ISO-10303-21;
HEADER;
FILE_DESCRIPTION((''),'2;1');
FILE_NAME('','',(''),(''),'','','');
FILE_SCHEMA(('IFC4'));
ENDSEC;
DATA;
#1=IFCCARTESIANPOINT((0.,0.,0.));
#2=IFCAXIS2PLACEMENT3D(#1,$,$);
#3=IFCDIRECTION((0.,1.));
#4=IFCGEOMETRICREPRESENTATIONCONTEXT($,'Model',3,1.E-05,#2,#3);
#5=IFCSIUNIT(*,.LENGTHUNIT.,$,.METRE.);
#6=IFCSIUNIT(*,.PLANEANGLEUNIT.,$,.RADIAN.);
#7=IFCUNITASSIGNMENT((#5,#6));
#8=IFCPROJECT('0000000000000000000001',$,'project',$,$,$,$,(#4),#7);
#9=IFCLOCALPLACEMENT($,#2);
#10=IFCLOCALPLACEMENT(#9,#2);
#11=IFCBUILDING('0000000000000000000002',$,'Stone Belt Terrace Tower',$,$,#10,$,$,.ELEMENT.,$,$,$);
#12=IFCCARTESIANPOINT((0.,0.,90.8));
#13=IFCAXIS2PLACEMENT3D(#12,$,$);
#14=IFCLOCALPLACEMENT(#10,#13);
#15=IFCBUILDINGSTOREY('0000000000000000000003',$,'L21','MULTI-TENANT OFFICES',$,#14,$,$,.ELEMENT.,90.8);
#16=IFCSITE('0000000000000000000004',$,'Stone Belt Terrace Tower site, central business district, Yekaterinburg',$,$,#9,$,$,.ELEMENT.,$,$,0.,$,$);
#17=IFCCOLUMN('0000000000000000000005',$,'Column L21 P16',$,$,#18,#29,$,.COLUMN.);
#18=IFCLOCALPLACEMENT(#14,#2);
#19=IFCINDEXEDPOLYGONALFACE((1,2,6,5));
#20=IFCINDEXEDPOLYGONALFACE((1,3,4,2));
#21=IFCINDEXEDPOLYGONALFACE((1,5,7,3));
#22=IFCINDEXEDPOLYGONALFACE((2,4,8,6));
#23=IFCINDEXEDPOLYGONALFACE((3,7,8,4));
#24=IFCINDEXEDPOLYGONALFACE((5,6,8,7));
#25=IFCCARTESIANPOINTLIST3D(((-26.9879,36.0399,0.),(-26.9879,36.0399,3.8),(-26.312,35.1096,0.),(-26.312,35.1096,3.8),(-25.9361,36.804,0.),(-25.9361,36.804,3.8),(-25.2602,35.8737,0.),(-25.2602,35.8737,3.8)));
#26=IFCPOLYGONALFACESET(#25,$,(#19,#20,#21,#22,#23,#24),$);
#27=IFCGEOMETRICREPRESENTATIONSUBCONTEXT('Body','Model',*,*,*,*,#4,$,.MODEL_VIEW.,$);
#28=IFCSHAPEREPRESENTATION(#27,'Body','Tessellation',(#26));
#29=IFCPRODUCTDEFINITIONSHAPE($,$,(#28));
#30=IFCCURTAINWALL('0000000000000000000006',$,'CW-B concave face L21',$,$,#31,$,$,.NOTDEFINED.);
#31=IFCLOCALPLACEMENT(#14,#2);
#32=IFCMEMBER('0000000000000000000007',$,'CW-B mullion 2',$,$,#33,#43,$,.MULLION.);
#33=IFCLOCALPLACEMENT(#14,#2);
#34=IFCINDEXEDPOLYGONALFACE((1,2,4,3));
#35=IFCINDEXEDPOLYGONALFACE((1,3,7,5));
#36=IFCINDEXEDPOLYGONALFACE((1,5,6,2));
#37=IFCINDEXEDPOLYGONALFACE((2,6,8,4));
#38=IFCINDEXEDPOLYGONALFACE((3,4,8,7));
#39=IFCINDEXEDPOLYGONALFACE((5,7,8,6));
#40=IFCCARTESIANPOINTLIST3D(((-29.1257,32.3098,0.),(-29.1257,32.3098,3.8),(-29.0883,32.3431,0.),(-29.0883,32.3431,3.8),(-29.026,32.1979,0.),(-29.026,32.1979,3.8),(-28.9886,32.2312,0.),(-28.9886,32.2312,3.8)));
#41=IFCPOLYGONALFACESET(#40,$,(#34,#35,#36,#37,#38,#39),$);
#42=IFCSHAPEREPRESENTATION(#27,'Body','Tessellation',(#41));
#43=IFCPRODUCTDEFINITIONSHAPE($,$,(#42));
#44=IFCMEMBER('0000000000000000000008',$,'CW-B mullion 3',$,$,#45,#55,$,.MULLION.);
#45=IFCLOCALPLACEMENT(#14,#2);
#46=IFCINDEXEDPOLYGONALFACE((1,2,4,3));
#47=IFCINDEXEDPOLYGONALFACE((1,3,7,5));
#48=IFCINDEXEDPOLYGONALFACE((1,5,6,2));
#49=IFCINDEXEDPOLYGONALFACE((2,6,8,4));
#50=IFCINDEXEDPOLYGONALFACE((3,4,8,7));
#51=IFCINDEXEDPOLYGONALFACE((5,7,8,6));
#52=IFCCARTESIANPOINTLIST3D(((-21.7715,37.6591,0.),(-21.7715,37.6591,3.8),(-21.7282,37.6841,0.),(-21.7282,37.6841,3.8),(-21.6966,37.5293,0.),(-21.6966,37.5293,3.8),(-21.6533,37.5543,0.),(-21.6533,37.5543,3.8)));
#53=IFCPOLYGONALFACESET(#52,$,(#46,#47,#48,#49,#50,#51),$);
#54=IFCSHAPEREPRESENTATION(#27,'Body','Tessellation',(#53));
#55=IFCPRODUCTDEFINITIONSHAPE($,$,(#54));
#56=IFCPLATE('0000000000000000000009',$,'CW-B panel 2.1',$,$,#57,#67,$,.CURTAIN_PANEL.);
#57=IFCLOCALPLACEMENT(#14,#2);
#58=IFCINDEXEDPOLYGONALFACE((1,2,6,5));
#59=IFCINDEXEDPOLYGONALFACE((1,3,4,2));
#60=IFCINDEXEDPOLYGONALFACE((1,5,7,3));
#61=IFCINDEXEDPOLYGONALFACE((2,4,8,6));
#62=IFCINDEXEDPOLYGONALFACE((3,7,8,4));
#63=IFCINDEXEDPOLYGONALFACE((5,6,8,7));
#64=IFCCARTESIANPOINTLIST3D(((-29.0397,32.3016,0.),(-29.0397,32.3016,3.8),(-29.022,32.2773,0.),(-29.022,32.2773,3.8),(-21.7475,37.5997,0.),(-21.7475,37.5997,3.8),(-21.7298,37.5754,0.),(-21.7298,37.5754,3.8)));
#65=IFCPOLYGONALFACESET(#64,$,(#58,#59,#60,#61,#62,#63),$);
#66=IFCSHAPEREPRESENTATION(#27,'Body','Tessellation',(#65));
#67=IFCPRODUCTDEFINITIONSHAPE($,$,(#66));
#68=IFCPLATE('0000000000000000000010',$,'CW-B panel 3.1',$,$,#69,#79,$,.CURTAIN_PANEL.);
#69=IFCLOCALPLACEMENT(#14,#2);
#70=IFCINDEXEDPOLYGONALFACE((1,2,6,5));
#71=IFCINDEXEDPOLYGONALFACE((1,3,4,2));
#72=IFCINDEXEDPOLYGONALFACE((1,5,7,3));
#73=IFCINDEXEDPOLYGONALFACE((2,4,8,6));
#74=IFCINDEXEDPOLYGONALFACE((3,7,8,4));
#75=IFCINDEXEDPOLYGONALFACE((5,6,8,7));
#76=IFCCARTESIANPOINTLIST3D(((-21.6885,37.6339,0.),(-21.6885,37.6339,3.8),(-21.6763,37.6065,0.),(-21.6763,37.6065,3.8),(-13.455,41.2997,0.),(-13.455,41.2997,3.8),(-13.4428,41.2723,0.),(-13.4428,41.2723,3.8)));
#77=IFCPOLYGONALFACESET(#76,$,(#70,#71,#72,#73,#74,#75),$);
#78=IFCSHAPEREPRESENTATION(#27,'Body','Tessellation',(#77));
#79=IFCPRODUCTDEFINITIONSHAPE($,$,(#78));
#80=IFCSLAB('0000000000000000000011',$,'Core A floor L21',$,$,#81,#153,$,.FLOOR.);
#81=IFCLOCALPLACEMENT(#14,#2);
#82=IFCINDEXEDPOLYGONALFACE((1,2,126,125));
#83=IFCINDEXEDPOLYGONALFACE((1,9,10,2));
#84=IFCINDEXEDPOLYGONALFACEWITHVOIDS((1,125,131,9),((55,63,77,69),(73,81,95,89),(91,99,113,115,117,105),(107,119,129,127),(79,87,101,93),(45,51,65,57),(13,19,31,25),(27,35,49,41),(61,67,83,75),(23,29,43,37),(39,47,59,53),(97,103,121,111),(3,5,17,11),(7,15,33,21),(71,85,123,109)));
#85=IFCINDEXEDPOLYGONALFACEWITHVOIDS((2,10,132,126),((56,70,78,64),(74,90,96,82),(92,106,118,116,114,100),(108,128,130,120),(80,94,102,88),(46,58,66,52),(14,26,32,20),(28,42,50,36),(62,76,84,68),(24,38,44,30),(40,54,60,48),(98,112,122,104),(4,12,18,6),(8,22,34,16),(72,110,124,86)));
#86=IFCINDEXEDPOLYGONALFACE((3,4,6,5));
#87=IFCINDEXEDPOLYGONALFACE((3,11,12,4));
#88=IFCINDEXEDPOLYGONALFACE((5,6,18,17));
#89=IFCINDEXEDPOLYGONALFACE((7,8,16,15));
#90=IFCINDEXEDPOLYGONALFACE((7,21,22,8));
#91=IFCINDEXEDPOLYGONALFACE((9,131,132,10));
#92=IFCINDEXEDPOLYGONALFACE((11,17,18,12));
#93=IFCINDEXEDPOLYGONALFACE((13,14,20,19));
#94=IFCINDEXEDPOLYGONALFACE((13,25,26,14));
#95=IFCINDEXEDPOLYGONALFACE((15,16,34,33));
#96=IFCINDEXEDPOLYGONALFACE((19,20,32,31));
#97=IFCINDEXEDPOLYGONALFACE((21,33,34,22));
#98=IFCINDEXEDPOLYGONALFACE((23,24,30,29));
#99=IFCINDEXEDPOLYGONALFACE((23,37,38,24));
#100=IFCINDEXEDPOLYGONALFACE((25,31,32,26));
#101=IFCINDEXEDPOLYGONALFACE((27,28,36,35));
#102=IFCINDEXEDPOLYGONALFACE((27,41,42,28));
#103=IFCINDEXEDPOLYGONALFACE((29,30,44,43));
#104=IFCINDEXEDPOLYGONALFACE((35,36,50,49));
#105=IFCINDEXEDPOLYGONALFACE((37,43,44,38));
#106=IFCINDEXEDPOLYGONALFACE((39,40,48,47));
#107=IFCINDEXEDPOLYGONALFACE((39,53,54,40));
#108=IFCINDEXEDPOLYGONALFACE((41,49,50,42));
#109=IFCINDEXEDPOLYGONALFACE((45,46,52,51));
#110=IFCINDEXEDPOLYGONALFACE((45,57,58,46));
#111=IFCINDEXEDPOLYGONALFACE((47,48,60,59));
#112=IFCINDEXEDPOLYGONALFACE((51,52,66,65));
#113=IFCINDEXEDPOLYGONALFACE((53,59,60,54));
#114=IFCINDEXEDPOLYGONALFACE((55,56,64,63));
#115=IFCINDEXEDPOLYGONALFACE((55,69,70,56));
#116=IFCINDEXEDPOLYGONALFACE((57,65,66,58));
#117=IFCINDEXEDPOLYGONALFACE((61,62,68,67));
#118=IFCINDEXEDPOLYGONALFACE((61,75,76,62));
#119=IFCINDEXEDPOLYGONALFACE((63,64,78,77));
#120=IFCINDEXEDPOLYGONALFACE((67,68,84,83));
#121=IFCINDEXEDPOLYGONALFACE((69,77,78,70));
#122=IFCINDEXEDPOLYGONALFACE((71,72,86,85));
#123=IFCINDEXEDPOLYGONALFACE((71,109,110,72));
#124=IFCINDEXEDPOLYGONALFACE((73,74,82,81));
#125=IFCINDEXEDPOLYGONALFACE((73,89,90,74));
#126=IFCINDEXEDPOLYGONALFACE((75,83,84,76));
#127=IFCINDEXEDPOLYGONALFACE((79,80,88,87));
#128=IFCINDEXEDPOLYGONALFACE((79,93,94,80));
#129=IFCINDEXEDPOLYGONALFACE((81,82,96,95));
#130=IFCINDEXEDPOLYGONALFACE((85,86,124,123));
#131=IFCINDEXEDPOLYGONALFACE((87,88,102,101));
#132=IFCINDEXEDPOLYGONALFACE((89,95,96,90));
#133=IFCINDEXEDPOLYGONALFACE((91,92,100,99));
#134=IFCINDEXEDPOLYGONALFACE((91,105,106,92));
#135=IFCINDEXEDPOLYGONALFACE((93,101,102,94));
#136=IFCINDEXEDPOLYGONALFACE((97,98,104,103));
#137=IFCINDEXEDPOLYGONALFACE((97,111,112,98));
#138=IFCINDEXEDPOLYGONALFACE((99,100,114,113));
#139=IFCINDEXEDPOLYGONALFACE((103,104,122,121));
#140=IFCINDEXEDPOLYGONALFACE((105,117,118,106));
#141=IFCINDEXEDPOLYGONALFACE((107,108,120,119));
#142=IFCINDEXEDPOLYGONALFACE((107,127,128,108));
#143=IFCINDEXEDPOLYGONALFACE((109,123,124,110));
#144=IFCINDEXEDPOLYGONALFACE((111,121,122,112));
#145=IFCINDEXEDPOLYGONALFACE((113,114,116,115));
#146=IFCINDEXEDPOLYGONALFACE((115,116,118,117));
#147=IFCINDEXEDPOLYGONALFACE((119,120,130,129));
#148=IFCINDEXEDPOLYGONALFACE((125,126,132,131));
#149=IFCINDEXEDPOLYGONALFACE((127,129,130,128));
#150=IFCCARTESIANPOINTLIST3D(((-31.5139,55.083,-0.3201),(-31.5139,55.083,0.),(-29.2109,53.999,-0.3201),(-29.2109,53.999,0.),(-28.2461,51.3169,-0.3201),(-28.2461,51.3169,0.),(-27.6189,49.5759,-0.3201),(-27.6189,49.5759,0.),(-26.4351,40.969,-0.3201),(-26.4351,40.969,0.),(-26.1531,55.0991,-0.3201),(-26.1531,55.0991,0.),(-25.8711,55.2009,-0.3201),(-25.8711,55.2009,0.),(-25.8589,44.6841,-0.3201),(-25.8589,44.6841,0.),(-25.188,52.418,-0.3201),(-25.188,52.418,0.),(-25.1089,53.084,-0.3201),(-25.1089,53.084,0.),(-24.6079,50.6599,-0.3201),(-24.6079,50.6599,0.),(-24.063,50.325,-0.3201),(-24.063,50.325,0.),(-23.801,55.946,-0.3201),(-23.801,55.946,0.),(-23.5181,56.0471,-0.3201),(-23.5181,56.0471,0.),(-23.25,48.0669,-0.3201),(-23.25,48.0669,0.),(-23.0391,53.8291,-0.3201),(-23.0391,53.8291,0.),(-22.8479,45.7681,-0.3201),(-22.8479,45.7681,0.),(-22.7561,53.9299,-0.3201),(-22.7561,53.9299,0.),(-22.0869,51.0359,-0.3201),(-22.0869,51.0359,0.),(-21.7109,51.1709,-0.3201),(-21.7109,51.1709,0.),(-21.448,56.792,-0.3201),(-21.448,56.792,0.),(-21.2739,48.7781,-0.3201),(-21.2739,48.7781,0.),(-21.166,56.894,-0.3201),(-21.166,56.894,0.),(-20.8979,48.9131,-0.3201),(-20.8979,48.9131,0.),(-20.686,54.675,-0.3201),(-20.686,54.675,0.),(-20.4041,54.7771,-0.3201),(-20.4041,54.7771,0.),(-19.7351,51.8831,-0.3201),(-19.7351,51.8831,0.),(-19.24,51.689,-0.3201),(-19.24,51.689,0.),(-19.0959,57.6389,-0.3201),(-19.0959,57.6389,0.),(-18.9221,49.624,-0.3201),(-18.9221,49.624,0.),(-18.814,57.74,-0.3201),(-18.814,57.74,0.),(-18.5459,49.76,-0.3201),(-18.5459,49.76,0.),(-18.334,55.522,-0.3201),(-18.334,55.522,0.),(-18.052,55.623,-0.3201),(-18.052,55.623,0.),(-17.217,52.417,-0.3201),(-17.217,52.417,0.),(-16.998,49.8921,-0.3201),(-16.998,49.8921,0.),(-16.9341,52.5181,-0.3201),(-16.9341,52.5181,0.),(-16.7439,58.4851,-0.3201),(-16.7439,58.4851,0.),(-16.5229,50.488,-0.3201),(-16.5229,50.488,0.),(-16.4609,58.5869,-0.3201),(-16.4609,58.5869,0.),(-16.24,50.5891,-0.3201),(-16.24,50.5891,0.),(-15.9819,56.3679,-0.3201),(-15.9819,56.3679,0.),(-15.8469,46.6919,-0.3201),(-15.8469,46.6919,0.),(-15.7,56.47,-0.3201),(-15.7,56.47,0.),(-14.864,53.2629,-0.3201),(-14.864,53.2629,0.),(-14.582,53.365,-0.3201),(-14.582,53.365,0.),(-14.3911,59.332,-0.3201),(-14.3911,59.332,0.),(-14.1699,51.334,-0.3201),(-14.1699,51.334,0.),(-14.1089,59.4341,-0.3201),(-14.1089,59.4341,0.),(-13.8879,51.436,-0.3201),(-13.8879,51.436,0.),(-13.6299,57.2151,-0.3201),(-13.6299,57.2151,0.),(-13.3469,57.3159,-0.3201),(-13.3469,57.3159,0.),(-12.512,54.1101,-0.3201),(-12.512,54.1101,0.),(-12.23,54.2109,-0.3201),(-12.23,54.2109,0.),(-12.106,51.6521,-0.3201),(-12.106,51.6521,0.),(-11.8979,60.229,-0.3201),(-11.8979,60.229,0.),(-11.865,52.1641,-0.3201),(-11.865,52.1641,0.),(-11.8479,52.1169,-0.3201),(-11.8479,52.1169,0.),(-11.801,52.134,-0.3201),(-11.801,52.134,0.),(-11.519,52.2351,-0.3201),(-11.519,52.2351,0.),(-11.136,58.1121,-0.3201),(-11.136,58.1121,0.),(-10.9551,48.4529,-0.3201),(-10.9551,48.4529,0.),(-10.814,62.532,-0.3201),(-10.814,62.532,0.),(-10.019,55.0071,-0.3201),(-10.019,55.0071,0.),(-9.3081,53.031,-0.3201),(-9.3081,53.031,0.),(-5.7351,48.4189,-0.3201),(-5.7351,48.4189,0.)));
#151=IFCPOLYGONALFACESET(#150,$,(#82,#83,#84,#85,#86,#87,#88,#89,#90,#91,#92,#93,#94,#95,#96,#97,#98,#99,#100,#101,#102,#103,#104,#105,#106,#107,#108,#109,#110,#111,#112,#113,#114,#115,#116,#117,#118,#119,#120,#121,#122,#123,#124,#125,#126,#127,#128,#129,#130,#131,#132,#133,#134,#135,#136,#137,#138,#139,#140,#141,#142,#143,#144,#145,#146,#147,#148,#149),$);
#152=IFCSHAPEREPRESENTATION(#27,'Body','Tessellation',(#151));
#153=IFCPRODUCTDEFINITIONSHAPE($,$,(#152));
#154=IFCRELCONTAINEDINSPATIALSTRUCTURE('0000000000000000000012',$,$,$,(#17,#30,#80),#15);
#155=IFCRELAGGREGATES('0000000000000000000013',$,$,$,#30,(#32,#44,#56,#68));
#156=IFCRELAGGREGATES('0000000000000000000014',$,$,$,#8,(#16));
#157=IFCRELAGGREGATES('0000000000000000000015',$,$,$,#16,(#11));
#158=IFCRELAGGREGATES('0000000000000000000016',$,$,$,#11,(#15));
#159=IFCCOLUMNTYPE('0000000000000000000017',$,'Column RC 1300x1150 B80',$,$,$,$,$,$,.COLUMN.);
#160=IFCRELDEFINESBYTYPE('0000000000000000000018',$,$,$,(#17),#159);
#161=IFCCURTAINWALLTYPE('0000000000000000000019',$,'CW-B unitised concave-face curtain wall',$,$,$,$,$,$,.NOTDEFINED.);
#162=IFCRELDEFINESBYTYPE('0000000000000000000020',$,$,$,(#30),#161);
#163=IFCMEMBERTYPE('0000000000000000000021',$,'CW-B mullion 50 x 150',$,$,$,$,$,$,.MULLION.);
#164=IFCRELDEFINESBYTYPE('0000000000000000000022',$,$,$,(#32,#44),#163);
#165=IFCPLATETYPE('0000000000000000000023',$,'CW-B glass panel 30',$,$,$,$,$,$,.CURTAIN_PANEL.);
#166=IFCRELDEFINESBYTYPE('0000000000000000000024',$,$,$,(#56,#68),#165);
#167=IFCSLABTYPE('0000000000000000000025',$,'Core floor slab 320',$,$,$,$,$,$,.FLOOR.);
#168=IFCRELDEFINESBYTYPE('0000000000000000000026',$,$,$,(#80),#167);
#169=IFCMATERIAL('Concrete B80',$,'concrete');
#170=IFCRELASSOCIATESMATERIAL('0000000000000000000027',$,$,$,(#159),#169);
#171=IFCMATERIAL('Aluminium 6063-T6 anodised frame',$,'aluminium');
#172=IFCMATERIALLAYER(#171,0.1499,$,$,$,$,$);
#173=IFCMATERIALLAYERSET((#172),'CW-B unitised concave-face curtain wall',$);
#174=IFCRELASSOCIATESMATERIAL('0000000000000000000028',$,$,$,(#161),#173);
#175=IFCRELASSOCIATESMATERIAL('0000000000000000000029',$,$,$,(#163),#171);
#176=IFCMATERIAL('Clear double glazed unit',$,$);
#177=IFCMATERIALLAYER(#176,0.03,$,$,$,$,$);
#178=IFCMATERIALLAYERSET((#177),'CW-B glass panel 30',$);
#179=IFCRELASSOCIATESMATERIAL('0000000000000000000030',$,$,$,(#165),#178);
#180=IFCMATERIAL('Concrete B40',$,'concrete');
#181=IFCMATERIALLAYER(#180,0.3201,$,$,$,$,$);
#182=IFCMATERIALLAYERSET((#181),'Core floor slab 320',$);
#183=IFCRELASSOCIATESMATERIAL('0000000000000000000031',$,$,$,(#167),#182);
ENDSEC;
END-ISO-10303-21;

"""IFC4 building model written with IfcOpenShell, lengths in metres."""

from ifc_helpers import new_model, si_unit, direction, frame, origin, origin_2d, place, context, subcontext, project, spatial, polyline, rectangle, outline, extrude, material, layer, layer_set, material_profile, profile_set, type_object, element, aggregate, save


model = new_model("IFC4")

# Units and contexts
model_context = context("Model", 3, precision=1e-05, world=origin(), true_north=direction((0.0, 1.0)))
body_context = subcontext(model_context, "Body", "Model", "MODEL_VIEW")
ifc_project = project(units=[si_unit("LENGTHUNIT", "METRE"), si_unit("PLANEANGLEUNIT", "RADIAN")], contexts=[model_context])

# Site, building, storey
site_placement = place(None, origin())
site = spatial("IfcSite", under=ifc_project, at=site_placement, Name="Stone Belt Terrace Tower site, central business district, Yekaterinburg", CompositionType="ELEMENT", RefElevation=0.0)
building_placement = place(site_placement, origin())
building = spatial("IfcBuilding", under=site, at=building_placement, Name="Stone Belt Terrace Tower", CompositionType="ELEMENT")
storey_placement = place(building_placement, frame((0.0, 0.0, 90.8)))
storey = spatial("IfcBuildingStorey", under=building, at=storey_placement, Name="L21", Description="MULTI-TENANT OFFICES", CompositionType="ELEMENT", Elevation=90.8)

# Column
ifc_material_1 = material(Name="Concrete B80", Category="concrete")
ifc_material_profile_1 = material_profile(ifc_material_1, rectangle(XDim=1.3, YDim=1.1499, at=origin_2d()), Name="RC 1300x1150")
ifc_profile_set_1 = profile_set([ifc_material_profile_1], Name="Concrete B80")
column_type = type_object("IfcColumnType", Name="Column RC 1300x1150 B80", PredefinedType="COLUMN", material=ifc_profile_set_1)
column_placement = place(storey_placement, frame((-26.124, 35.9568, 0.0), z_axis=(0.0, 0.0, 1.0), x_axis=(0.809017, 0.587785, 0.0)))
element("IfcColumn", 1, at=column_placement, inside=storey, type_object=column_type, Name="Column L21 P16", PredefinedType="COLUMN", context=body_context, shape_type="SweptSolid", body=[
    extrude(rectangle(XDim=1.3, YDim=1.1499, at=origin_2d()), origin(), (0.0, 0.0, 1.0), 3.8),
])

# Curtain wall, members, plates
ifc_material_2 = material(Name="Aluminium 6063-T6 anodised frame", Category="aluminium")
ifc_layer_1 = layer(ifc_material_2, 0.1499)
ifc_layer_set_1 = layer_set([ifc_layer_1], Name="CW-B unitised concave-face curtain wall")
curtain_wall_type = type_object("IfcCurtainWallType", Name="CW-B unitised concave-face curtain wall", PredefinedType="NOTDEFINED", material=ifc_layer_set_1)
curtain_wall_placement = place(storey_placement, origin())
curtain_wall = element("IfcCurtainWall", 2, at=curtain_wall_placement, inside=storey, type_object=curtain_wall_type, Name="CW-B concave face L21", PredefinedType="NOTDEFINED")
ifc_material_profile_2 = material_profile(ifc_material_2, rectangle(XDim=0.1499, YDim=0.05, at=origin_2d()), Name="Aluminium 6063-T6 50x150")
ifc_profile_set_2 = profile_set([ifc_material_profile_2], Name="Aluminium 6063-T6 anodised frame")
member_type = type_object("IfcMemberType", Name="CW-B mullion 50 x 150", PredefinedType="MULLION", material=ifc_profile_set_2)
member_1_placement = place(storey_placement, frame((-29.0571, 32.2705, 0.0), z_axis=(0.0, 0.0, 1.0), x_axis=(-0.664944, 0.746893, 0.0)))
member_1 = element("IfcMember", 3, at=member_1_placement, type_object=member_type, Name="CW-B mullion 2", PredefinedType="MULLION", context=body_context, shape_type="SweptSolid", body=[
    extrude(rectangle(XDim=0.1499, YDim=0.05, at=origin_2d()), origin(), (0.0, 0.0, 1.0), 3.8),
])
member_2_placement = place(storey_placement, frame((-21.7124, 37.6067, 0.0), z_axis=(0.0, 0.0, 1.0), x_axis=(-0.5, 0.866025, 0.0)))
member_2 = element("IfcMember", 4, at=member_2_placement, type_object=member_type, Name="CW-B mullion 3", PredefinedType="MULLION", context=body_context, shape_type="SweptSolid", body=[
    extrude(rectangle(XDim=0.1499, YDim=0.05, at=origin_2d()), origin(), (0.0, 0.0, 1.0), 3.8),
])
ifc_material_3 = material(Name="Clear double glazed unit")
ifc_layer_2 = layer(ifc_material_3, 0.03)
ifc_layer_set_2 = layer_set([ifc_layer_2], Name="CW-B glass panel 30")
plate_type = type_object("IfcPlateType", Name="CW-B glass panel 30", PredefinedType="CURTAIN_PANEL", material=ifc_layer_set_2)
plate_1_placement = place(storey_placement, frame((-25.3848, 34.9385, 0.0), z_axis=(0.0, 0.0, 1.0), x_axis=(0.809017, 0.587785, 0.0)))
plate_1 = element("IfcPlate", 5, at=plate_1_placement, type_object=plate_type, Name="CW-B panel 2.1", PredefinedType="CURTAIN_PANEL", context=body_context, shape_type="SweptSolid", body=[
    extrude(rectangle(XDim=9.0137, YDim=0.03, at=origin_2d()), origin(), (0.0, 0.0, 1.0), 3.8),
])
plate_2_placement = place(storey_placement, frame((-17.5657, 39.4531, 0.0), z_axis=(0.0, 0.0, 1.0), x_axis=(0.913545, 0.406737, 0.0)))
plate_2 = element("IfcPlate", 6, at=plate_2_placement, type_object=plate_type, Name="CW-B panel 3.1", PredefinedType="CURTAIN_PANEL", context=body_context, shape_type="SweptSolid", body=[
    extrude(rectangle(XDim=9.0127, YDim=0.03, at=origin_2d()), origin(), (0.0, 0.0, 1.0), 3.8),
])
aggregate(curtain_wall, [member_1, member_2, plate_1, plate_2])

# Slab
ifc_material_4 = material(Name="Concrete B40", Category="concrete")
ifc_layer_3 = layer(ifc_material_4, 0.3201)
ifc_layer_set_3 = layer_set([ifc_layer_3], Name="Core floor slab 320")
slab_type_1 = type_object("IfcSlabType", Name="Core floor slab 320", PredefinedType="FLOOR", material=ifc_layer_set_3)
slab_1_placement = place(storey_placement, frame((0.0, 0.0, -0.3201)))
element("IfcSlab", 7, at=slab_1_placement, inside=storey, type_object=slab_type_1, Name="Core A floor L21", PredefinedType="FLOOR", context=body_context, shape_type="SweptSolid", body=[
    extrude(outline(polyline([(-26.4351, 40.969), (-5.7351, 48.4189), (-10.814, 62.532), (-31.5139, 55.083), (-26.4351, 40.969)]), holes=[polyline([(-24.6079, 50.6599), (-22.8479, 45.7681), (-25.8589, 44.6841), (-27.6189, 49.5759), (-24.6079, 50.6599)]), polyline([(-21.2739, 48.7781), (-23.25, 48.0669), (-24.063, 50.325), (-22.0869, 51.0359), (-21.2739, 48.7781)]), polyline([(-18.9221, 49.624), (-20.8979, 48.9131), (-21.7109, 51.1709), (-19.7351, 51.8831), (-18.9221, 49.624)]), polyline([(-19.24, 51.689), (-17.217, 52.417), (-16.5229, 50.488), (-18.5459, 49.76), (-19.24, 51.689)]), polyline([(-29.2109, 53.999), (-26.1531, 55.0991), (-25.188, 52.418), (-28.2461, 51.3169), (-29.2109, 53.999)]), polyline([(-23.801, 55.946), (-23.0391, 53.8291), (-25.1089, 53.084), (-25.8711, 55.2009), (-23.801, 55.946)]), polyline([(-21.448, 56.792), (-20.686, 54.675), (-22.7561, 53.9299), (-23.5181, 56.0471), (-21.448, 56.792)]), polyline([(-19.0959, 57.6389), (-18.334, 55.522), (-20.4041, 54.7771), (-21.166, 56.894), (-19.0959, 57.6389)]), polyline([(-15.8469, 46.6919), (-16.998, 49.8921), (-12.106, 51.6521), (-10.9551, 48.4529), (-15.8469, 46.6919)]), polyline([(-16.24, 50.5891), (-16.9341, 52.5181), (-14.864, 53.2629), (-14.1699, 51.334), (-16.24, 50.5891)]), polyline([(-11.801, 52.134), (-11.8479, 52.1169), (-11.865, 52.1641), (-13.8879, 51.436), (-14.582, 53.365), (-12.512, 54.1101), (-11.801, 52.134)]), polyline([(-9.3081, 53.031), (-11.519, 52.2351), (-12.23, 54.2109), (-10.019, 55.0071), (-9.3081, 53.031)]), polyline([(-16.7439, 58.4851), (-15.9819, 56.3679), (-18.052, 55.623), (-18.814, 57.74), (-16.7439, 58.4851)]), polyline([(-14.3911, 59.332), (-13.6299, 57.2151), (-15.7, 56.47), (-16.4609, 58.5869), (-14.3911, 59.332)]), polyline([(-11.8979, 60.229), (-11.136, 58.1121), (-13.3469, 57.3159), (-14.1089, 59.4341), (-11.8979, 60.229)])]), origin(), (0.0, 0.0, 1.0), 0.3201),
])

save(model, "model.ifc")
